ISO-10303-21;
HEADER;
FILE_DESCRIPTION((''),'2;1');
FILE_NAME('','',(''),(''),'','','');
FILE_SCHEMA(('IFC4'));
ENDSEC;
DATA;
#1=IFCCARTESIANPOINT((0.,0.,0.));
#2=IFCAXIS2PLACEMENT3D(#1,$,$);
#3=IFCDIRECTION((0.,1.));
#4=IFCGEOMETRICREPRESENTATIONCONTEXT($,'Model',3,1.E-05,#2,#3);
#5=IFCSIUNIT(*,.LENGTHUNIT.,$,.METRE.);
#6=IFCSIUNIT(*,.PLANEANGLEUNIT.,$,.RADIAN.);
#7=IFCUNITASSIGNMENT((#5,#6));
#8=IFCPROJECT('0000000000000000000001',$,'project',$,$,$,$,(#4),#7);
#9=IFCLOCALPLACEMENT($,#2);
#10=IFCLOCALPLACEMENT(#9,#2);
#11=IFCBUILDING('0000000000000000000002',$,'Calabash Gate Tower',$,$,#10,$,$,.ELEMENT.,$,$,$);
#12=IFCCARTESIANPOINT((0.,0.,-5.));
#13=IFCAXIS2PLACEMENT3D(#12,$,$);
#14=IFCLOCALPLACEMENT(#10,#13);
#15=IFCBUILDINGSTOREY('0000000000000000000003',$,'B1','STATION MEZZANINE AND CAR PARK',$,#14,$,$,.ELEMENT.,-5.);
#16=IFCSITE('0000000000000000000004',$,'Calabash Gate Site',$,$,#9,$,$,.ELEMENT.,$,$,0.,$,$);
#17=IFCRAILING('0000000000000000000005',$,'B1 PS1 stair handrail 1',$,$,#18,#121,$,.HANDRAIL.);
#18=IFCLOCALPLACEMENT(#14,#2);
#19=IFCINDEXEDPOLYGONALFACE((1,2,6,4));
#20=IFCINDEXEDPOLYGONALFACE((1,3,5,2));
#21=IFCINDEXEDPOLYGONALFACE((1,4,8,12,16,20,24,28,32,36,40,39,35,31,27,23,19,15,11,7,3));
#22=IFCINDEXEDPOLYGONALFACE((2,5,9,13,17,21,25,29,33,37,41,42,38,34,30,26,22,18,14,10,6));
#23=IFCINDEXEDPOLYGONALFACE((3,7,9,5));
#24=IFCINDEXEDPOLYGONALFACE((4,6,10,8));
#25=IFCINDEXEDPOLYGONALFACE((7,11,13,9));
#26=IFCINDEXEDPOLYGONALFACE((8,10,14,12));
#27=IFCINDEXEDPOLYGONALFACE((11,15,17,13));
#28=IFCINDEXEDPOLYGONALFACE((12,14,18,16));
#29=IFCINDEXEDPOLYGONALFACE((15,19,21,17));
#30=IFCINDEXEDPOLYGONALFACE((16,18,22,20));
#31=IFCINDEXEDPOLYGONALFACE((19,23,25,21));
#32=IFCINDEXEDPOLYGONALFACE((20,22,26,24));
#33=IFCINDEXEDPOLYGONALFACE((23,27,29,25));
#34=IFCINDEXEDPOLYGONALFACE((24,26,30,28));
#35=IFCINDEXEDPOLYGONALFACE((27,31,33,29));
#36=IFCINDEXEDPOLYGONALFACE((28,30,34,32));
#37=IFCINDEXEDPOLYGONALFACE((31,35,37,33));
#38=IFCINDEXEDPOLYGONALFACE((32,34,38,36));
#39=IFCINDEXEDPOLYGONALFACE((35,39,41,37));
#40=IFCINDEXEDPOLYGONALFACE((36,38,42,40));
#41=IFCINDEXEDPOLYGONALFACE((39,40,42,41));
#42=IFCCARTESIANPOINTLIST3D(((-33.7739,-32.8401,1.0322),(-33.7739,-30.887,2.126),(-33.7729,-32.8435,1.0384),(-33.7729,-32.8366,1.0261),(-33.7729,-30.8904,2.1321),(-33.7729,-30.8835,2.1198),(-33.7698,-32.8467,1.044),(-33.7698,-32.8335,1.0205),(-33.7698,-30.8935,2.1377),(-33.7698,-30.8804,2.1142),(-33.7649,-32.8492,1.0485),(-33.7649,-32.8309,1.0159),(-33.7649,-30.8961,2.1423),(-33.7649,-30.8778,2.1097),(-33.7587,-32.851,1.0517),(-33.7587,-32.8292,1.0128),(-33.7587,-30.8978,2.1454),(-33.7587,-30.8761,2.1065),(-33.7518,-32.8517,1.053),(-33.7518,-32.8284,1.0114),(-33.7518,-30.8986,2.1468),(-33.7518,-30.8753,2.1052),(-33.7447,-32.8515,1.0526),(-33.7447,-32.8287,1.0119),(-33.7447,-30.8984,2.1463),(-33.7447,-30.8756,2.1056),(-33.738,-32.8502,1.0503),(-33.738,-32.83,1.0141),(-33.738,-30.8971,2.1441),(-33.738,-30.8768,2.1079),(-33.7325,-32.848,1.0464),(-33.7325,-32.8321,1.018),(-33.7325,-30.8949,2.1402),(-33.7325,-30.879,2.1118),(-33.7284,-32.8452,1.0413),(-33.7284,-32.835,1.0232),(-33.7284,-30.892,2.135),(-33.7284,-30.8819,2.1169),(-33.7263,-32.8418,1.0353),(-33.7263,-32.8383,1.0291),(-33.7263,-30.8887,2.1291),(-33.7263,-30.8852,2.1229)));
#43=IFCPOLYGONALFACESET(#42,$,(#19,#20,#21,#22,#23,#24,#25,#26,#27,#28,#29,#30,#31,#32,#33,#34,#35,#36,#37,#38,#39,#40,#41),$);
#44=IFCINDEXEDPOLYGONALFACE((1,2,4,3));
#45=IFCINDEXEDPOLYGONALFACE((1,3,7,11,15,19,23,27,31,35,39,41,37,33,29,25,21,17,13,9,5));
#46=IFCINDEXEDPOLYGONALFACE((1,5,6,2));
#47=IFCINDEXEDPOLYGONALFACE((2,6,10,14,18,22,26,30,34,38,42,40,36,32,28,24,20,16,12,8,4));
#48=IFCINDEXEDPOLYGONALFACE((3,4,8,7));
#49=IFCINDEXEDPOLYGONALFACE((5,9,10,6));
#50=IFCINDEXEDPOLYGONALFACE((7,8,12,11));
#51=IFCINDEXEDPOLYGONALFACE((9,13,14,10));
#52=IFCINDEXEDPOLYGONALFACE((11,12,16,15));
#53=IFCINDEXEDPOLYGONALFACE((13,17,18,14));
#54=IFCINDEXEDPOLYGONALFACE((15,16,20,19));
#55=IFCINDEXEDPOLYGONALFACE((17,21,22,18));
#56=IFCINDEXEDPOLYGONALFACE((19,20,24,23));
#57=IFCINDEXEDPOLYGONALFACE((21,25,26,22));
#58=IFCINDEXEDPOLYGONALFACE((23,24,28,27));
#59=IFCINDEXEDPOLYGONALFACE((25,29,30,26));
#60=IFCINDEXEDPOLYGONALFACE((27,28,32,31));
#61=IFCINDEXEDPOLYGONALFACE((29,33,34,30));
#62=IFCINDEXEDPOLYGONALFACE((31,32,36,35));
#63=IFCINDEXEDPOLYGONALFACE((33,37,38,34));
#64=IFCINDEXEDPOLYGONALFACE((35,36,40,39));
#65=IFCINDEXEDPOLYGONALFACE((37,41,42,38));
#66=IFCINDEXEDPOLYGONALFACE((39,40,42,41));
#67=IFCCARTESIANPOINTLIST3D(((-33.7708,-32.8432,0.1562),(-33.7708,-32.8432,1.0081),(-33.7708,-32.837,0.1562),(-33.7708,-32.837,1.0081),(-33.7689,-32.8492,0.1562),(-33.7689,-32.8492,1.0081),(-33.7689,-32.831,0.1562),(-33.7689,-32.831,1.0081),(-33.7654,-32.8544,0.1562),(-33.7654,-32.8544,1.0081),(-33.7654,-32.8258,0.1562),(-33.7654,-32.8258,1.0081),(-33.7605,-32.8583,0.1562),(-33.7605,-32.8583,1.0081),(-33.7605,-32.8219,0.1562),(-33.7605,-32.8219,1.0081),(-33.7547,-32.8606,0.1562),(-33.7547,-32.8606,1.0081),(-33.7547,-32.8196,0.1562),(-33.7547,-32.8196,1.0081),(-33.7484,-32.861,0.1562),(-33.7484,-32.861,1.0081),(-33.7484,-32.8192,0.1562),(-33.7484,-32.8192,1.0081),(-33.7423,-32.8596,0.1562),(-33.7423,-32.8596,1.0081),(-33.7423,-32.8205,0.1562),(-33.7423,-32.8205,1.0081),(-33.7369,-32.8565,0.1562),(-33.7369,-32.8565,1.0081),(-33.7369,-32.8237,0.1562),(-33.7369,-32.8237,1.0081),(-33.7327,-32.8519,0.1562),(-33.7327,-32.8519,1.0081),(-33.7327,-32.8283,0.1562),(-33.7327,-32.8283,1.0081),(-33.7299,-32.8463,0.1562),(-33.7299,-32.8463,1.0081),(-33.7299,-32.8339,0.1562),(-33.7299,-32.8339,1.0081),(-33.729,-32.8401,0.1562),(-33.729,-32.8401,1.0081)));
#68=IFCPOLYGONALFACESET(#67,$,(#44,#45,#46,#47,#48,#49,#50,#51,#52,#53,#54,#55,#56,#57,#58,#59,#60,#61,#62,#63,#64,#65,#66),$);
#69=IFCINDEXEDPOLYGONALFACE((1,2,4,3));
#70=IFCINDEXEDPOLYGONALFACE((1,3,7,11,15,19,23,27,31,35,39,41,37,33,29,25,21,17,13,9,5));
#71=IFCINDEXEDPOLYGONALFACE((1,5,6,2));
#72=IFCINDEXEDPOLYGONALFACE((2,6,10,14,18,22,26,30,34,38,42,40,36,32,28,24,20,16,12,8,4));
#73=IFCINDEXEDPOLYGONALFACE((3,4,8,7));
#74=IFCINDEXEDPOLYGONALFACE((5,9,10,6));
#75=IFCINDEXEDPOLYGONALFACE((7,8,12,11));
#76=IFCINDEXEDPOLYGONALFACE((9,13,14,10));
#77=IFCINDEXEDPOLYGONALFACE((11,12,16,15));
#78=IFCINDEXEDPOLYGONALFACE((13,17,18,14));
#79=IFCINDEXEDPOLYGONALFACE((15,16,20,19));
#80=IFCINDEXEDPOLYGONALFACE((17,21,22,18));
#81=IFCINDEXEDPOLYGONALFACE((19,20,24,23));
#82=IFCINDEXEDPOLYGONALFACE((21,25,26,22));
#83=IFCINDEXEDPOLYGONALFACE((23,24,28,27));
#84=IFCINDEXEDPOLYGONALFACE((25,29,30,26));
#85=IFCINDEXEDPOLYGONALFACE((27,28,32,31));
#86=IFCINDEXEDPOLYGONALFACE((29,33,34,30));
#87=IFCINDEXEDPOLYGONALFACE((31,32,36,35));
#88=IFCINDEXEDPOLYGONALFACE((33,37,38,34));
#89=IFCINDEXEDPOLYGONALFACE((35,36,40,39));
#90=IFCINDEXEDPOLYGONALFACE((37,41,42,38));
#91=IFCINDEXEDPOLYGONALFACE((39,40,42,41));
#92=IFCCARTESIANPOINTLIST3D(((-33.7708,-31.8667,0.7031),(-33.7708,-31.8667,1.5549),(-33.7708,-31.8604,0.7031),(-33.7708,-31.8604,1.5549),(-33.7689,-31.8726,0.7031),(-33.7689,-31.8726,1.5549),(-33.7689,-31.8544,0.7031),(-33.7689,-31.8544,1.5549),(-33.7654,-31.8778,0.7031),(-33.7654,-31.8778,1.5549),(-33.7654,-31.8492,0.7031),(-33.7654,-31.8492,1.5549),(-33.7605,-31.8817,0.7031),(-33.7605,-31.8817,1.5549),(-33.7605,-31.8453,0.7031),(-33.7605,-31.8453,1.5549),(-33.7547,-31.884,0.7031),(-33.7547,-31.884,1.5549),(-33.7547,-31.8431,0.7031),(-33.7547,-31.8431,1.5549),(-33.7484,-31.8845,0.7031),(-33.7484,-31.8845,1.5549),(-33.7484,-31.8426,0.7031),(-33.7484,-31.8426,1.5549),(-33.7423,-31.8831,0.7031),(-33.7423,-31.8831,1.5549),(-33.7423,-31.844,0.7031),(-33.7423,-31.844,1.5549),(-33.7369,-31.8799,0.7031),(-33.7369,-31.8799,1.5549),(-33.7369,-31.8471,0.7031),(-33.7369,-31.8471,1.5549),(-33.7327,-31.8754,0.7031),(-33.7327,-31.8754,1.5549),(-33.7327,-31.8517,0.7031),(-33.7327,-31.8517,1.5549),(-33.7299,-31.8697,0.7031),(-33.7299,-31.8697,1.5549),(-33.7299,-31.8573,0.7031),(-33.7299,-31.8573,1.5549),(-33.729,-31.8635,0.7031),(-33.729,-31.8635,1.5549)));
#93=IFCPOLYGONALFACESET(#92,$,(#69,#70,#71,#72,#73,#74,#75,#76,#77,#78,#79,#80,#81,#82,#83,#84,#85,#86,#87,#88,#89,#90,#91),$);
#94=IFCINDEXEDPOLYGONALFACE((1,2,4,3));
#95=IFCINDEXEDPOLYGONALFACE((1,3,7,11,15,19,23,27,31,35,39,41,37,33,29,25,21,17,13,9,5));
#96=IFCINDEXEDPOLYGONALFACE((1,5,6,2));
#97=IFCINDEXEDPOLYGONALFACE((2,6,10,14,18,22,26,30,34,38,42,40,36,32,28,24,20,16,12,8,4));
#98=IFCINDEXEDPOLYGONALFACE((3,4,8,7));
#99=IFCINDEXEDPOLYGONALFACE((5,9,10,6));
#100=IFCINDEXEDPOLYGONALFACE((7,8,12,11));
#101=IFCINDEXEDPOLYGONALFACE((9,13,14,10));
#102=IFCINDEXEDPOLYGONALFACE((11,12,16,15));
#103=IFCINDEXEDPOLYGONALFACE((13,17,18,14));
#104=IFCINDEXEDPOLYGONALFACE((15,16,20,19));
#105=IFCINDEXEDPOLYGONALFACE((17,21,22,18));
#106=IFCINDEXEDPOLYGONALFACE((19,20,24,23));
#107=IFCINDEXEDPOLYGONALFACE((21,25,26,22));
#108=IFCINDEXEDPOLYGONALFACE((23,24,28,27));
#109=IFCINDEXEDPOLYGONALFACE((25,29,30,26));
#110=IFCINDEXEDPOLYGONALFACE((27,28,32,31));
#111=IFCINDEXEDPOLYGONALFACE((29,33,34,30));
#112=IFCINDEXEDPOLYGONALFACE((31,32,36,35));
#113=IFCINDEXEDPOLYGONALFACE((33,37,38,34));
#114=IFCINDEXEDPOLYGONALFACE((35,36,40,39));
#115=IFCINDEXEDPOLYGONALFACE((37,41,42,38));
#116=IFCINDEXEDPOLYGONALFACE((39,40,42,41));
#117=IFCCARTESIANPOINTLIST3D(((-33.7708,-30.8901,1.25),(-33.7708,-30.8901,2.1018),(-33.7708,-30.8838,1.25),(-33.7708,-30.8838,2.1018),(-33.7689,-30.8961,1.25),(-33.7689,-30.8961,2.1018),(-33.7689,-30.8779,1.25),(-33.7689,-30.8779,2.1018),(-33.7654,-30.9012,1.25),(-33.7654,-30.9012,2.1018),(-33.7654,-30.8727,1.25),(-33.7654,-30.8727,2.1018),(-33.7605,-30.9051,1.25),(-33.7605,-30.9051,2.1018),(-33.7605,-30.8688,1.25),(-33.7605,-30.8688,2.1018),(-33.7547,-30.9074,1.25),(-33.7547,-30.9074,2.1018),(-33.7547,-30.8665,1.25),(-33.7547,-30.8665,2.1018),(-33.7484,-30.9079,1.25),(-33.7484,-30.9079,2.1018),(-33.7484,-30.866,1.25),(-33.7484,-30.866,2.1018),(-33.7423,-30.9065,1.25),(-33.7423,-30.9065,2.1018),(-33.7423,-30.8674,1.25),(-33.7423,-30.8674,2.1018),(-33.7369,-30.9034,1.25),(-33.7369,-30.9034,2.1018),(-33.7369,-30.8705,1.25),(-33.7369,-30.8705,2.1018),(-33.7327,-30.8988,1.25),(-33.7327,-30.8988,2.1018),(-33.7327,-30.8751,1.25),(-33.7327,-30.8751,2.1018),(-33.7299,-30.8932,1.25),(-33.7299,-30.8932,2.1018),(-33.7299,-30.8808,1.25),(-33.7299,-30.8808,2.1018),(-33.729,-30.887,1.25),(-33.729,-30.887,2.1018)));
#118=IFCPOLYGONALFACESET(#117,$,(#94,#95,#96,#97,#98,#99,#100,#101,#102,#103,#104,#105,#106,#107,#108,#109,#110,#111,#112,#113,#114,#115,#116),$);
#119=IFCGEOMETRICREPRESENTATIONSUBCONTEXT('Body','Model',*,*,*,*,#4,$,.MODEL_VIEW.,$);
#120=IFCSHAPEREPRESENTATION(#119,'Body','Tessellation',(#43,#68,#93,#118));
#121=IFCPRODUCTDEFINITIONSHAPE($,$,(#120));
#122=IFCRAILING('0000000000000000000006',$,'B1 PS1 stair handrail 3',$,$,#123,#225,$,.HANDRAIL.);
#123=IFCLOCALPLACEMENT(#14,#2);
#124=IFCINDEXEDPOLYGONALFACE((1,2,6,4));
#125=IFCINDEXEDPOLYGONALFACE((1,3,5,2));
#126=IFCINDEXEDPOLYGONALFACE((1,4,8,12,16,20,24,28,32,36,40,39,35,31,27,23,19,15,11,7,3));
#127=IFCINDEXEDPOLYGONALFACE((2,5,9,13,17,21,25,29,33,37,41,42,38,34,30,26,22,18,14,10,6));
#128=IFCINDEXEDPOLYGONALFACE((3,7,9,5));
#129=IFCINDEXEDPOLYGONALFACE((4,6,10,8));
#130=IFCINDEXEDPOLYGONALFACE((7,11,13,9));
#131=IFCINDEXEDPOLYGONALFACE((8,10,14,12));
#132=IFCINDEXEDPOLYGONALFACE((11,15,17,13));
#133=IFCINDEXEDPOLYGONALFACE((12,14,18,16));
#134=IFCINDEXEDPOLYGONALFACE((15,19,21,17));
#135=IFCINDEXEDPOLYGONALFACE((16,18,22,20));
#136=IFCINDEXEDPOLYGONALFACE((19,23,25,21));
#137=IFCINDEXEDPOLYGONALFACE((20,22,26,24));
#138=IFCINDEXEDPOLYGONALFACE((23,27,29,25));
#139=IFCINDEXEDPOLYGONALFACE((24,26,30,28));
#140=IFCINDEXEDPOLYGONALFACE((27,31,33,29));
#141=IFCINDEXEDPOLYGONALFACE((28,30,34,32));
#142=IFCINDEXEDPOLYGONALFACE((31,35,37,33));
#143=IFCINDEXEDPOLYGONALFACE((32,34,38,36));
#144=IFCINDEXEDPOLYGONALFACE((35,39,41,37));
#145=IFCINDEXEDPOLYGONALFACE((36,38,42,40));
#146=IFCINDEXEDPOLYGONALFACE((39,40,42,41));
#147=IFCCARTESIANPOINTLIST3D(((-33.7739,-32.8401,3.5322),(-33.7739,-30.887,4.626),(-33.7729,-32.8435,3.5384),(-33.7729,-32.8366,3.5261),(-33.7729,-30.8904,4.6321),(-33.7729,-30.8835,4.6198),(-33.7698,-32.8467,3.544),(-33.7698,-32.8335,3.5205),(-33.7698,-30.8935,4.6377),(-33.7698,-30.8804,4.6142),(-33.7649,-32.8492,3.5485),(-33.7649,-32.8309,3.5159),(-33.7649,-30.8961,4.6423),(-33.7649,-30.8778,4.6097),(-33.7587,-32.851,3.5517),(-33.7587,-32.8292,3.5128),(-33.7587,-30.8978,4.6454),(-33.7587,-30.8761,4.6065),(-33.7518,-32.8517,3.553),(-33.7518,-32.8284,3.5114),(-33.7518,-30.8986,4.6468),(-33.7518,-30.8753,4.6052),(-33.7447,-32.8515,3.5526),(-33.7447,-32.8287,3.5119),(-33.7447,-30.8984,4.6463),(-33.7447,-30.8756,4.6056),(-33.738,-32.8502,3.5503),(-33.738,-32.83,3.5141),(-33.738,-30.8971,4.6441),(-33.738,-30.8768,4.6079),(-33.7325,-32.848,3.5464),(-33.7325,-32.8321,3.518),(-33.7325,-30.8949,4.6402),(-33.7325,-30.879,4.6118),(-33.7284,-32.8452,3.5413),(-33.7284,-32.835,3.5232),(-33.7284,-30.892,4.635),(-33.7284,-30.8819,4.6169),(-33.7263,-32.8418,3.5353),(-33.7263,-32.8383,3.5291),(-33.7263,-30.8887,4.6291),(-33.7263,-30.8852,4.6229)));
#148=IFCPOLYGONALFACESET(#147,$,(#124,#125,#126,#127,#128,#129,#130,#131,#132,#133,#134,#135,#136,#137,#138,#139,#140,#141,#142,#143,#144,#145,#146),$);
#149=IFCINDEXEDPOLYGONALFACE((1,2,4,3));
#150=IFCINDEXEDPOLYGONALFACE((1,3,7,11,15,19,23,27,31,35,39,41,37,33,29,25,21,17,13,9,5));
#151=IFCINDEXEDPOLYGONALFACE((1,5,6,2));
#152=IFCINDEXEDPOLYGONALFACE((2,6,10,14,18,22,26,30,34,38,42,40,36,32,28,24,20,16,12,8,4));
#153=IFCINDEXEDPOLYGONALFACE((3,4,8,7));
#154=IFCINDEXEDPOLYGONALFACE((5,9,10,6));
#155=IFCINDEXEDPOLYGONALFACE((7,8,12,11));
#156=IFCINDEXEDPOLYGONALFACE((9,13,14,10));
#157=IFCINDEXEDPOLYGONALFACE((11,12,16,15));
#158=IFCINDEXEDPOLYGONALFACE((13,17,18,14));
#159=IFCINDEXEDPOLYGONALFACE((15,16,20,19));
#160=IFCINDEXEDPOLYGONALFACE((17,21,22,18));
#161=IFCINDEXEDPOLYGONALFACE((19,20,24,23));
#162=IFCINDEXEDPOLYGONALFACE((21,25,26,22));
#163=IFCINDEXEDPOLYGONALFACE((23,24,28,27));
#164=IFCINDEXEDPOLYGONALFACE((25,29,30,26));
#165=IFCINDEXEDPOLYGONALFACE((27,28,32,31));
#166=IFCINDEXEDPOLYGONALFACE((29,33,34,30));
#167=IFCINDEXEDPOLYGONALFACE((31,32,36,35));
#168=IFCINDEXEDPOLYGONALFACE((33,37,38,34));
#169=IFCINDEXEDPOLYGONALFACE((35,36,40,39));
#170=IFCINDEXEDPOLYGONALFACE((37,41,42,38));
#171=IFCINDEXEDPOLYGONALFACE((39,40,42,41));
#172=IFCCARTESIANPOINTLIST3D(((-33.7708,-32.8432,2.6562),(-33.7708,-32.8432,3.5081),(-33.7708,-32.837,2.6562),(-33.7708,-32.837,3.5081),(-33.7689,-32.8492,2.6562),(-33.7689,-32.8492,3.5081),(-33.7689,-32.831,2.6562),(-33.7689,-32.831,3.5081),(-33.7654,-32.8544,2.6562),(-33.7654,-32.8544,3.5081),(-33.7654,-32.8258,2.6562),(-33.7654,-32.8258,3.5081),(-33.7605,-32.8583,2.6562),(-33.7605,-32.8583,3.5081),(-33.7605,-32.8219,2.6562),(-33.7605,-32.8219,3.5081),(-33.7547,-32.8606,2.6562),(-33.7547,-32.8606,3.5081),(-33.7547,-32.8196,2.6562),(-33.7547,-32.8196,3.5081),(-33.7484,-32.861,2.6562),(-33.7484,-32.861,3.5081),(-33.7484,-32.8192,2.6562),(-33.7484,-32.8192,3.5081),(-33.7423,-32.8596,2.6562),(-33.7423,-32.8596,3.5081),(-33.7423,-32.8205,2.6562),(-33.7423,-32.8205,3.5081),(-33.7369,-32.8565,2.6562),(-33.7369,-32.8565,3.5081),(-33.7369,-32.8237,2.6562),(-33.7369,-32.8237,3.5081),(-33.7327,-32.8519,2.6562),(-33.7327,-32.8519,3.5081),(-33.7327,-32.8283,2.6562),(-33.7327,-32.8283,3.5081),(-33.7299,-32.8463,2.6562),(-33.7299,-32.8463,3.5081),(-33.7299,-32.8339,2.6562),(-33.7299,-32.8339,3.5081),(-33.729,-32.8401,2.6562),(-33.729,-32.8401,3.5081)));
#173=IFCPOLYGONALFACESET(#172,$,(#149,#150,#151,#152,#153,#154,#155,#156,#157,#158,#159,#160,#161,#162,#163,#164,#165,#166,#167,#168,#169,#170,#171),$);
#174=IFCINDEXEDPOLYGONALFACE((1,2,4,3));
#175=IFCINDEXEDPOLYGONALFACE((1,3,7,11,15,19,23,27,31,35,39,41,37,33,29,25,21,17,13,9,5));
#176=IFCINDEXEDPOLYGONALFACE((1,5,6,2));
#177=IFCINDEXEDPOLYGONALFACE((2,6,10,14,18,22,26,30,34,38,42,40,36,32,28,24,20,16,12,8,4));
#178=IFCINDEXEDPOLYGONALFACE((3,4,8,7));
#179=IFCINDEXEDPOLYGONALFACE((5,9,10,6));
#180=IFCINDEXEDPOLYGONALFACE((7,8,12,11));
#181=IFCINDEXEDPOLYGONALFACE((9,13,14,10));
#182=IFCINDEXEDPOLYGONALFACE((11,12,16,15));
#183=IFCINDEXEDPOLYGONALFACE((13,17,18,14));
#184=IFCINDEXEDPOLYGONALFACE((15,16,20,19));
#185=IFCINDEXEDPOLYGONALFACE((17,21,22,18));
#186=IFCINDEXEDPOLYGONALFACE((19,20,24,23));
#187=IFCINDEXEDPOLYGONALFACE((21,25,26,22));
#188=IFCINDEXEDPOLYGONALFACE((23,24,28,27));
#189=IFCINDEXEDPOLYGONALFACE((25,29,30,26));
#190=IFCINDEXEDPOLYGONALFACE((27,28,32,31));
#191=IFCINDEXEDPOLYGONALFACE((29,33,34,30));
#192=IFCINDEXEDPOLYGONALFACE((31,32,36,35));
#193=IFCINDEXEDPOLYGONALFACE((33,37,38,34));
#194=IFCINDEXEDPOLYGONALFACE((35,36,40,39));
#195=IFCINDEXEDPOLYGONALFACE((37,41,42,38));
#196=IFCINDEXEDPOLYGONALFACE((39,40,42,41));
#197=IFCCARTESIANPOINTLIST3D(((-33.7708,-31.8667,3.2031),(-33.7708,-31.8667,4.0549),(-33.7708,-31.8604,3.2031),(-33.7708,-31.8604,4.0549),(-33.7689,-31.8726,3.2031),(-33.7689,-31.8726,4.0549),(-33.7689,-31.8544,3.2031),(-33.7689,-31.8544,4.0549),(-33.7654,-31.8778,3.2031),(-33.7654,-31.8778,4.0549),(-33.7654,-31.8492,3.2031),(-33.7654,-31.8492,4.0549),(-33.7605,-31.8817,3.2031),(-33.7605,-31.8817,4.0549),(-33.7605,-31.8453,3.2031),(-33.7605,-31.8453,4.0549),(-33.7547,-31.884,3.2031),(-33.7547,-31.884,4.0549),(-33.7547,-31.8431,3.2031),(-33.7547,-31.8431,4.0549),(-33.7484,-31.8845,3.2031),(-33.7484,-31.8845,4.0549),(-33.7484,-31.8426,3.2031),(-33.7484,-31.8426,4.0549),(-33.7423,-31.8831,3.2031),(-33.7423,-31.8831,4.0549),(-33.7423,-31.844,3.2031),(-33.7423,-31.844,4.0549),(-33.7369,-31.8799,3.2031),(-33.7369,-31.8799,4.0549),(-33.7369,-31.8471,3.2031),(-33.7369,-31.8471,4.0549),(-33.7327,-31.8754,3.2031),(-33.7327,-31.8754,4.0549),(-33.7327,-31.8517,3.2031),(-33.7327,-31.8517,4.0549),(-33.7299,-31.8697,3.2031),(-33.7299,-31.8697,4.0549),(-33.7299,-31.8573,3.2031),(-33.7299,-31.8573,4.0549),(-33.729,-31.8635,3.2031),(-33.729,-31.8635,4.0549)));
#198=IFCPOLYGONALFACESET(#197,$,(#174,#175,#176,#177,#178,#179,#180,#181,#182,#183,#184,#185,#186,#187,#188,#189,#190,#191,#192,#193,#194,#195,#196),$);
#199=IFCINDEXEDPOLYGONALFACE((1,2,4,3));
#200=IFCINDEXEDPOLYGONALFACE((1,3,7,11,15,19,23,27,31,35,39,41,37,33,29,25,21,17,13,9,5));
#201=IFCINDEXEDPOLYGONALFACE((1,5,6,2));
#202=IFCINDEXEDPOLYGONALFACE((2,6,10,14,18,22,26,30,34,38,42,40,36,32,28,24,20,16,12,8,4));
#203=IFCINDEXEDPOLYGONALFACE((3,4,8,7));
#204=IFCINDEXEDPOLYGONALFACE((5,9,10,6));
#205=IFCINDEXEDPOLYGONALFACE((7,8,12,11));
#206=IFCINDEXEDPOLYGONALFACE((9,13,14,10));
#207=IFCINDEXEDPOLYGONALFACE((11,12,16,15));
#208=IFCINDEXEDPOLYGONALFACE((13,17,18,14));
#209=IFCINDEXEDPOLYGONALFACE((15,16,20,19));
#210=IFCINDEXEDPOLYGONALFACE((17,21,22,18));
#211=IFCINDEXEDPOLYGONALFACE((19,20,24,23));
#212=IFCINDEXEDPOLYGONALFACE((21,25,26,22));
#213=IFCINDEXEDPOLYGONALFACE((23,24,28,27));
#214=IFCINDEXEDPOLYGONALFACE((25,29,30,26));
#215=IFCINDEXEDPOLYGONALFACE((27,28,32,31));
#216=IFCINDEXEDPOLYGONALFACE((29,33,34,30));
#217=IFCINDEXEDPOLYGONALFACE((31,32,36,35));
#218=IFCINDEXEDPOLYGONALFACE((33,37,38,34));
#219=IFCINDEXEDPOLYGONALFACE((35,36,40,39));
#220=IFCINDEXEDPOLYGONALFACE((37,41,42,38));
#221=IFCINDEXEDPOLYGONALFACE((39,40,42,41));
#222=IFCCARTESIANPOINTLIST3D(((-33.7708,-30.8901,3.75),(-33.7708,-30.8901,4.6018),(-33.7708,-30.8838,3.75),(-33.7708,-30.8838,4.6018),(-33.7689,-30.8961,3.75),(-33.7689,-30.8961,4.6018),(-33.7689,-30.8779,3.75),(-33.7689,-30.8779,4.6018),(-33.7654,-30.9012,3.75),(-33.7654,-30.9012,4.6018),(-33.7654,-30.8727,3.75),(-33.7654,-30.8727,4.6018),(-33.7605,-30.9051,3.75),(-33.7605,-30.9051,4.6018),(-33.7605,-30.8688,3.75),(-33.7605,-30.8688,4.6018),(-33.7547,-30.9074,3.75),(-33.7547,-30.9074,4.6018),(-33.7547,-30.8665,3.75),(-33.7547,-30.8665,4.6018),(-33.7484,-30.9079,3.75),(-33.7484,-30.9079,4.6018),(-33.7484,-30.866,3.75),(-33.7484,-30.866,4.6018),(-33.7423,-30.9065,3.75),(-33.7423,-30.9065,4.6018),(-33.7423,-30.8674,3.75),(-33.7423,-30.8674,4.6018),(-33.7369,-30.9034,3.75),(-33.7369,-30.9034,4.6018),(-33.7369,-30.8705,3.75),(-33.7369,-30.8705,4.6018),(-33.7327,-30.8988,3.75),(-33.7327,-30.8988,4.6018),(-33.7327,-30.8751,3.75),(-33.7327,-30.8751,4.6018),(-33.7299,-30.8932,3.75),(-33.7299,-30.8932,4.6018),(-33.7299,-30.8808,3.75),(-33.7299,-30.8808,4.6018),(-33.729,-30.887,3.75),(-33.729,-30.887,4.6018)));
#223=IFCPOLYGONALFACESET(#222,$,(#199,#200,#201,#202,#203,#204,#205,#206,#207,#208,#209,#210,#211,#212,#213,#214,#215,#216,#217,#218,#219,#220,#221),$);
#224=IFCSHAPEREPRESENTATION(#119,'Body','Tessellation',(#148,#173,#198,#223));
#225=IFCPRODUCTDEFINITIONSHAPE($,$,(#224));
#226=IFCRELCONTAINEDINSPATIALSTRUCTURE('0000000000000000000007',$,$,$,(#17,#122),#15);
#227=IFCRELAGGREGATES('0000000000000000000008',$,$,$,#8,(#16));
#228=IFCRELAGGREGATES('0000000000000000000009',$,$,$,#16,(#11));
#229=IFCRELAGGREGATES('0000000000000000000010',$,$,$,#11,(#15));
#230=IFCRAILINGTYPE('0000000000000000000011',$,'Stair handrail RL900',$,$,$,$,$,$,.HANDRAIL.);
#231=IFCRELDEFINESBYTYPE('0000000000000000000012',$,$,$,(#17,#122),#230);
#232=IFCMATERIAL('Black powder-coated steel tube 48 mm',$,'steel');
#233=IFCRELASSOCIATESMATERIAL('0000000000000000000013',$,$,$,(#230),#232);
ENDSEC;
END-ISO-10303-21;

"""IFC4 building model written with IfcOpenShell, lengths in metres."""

from ifc_helpers import new_model, si_unit, direction, frame, origin, origin_2d, place, context, subcontext, project, spatial, circle, extrude, material, type_object, element, save


model = new_model("IFC4")

# Units and contexts
model_context = context("Model", 3, precision=1e-05, world=origin(), true_north=direction((0.0, 1.0)))
body_context = subcontext(model_context, "Body", "Model", "MODEL_VIEW")
ifc_project = project(units=[si_unit("LENGTHUNIT", "METRE"), si_unit("PLANEANGLEUNIT", "RADIAN")], contexts=[model_context])

# Site, building, storey
site_placement = place(None, origin())
site = spatial("IfcSite", under=ifc_project, at=site_placement, Name="Calabash Gate Site", CompositionType="ELEMENT", RefElevation=0.0)
building_placement = place(site_placement, origin())
building = spatial("IfcBuilding", under=site, at=building_placement, Name="Calabash Gate Tower", CompositionType="ELEMENT")
storey_placement = place(building_placement, frame((0.0, 0.0, -5.0)))
storey = spatial("IfcBuildingStorey", under=building, at=storey_placement, Name="B1", Description="STATION MEZZANINE AND CAR PARK", CompositionType="ELEMENT", Elevation=-5.0)

# Railings
ifc_material_1 = material(Name="Black powder-coated steel tube 48 mm", Category="steel")
railing_type_1 = type_object("IfcRailingType", Name="Stair handrail RL900", PredefinedType="HANDRAIL", material=ifc_material_1)
for number, where, name in (
    (1, (-33.75, -32.8401, 0.1562), "B1 PS1 stair handrail 1"),
    (2, (-33.75, -32.8401, 2.6562), "B1 PS1 stair handrail 3"),
):
    element("IfcRailing", number, at=place(storey_placement, frame(where)), inside=storey, type_object=railing_type_1, Name=name, PredefinedType="HANDRAIL", context=body_context, shape_type="SweptSolid", body=[
        extrude(circle(Radius=0.0239, at=origin_2d()), frame((0.0, 0.0, 0.876), z_axis=(0.0, 0.872506, 0.488603), x_axis=(-1.0, 0.0, 0.0)), (0.0, 0.0, 1.0), 2.2385),
        extrude(circle(Radius=0.021, at=origin_2d()), origin(), (0.0, 0.0, 1.0), 0.8518),
        extrude(circle(Radius=0.021, at=origin_2d()), frame((0.0, 0.9766, 0.5469)), (0.0, 0.0, 1.0), 0.8518),
        extrude(circle(Radius=0.021, at=origin_2d()), frame((0.0, 1.9531, 1.0938)), (0.0, 0.0, 1.0), 0.8518),
    ])

save(model, "model.ifc")
